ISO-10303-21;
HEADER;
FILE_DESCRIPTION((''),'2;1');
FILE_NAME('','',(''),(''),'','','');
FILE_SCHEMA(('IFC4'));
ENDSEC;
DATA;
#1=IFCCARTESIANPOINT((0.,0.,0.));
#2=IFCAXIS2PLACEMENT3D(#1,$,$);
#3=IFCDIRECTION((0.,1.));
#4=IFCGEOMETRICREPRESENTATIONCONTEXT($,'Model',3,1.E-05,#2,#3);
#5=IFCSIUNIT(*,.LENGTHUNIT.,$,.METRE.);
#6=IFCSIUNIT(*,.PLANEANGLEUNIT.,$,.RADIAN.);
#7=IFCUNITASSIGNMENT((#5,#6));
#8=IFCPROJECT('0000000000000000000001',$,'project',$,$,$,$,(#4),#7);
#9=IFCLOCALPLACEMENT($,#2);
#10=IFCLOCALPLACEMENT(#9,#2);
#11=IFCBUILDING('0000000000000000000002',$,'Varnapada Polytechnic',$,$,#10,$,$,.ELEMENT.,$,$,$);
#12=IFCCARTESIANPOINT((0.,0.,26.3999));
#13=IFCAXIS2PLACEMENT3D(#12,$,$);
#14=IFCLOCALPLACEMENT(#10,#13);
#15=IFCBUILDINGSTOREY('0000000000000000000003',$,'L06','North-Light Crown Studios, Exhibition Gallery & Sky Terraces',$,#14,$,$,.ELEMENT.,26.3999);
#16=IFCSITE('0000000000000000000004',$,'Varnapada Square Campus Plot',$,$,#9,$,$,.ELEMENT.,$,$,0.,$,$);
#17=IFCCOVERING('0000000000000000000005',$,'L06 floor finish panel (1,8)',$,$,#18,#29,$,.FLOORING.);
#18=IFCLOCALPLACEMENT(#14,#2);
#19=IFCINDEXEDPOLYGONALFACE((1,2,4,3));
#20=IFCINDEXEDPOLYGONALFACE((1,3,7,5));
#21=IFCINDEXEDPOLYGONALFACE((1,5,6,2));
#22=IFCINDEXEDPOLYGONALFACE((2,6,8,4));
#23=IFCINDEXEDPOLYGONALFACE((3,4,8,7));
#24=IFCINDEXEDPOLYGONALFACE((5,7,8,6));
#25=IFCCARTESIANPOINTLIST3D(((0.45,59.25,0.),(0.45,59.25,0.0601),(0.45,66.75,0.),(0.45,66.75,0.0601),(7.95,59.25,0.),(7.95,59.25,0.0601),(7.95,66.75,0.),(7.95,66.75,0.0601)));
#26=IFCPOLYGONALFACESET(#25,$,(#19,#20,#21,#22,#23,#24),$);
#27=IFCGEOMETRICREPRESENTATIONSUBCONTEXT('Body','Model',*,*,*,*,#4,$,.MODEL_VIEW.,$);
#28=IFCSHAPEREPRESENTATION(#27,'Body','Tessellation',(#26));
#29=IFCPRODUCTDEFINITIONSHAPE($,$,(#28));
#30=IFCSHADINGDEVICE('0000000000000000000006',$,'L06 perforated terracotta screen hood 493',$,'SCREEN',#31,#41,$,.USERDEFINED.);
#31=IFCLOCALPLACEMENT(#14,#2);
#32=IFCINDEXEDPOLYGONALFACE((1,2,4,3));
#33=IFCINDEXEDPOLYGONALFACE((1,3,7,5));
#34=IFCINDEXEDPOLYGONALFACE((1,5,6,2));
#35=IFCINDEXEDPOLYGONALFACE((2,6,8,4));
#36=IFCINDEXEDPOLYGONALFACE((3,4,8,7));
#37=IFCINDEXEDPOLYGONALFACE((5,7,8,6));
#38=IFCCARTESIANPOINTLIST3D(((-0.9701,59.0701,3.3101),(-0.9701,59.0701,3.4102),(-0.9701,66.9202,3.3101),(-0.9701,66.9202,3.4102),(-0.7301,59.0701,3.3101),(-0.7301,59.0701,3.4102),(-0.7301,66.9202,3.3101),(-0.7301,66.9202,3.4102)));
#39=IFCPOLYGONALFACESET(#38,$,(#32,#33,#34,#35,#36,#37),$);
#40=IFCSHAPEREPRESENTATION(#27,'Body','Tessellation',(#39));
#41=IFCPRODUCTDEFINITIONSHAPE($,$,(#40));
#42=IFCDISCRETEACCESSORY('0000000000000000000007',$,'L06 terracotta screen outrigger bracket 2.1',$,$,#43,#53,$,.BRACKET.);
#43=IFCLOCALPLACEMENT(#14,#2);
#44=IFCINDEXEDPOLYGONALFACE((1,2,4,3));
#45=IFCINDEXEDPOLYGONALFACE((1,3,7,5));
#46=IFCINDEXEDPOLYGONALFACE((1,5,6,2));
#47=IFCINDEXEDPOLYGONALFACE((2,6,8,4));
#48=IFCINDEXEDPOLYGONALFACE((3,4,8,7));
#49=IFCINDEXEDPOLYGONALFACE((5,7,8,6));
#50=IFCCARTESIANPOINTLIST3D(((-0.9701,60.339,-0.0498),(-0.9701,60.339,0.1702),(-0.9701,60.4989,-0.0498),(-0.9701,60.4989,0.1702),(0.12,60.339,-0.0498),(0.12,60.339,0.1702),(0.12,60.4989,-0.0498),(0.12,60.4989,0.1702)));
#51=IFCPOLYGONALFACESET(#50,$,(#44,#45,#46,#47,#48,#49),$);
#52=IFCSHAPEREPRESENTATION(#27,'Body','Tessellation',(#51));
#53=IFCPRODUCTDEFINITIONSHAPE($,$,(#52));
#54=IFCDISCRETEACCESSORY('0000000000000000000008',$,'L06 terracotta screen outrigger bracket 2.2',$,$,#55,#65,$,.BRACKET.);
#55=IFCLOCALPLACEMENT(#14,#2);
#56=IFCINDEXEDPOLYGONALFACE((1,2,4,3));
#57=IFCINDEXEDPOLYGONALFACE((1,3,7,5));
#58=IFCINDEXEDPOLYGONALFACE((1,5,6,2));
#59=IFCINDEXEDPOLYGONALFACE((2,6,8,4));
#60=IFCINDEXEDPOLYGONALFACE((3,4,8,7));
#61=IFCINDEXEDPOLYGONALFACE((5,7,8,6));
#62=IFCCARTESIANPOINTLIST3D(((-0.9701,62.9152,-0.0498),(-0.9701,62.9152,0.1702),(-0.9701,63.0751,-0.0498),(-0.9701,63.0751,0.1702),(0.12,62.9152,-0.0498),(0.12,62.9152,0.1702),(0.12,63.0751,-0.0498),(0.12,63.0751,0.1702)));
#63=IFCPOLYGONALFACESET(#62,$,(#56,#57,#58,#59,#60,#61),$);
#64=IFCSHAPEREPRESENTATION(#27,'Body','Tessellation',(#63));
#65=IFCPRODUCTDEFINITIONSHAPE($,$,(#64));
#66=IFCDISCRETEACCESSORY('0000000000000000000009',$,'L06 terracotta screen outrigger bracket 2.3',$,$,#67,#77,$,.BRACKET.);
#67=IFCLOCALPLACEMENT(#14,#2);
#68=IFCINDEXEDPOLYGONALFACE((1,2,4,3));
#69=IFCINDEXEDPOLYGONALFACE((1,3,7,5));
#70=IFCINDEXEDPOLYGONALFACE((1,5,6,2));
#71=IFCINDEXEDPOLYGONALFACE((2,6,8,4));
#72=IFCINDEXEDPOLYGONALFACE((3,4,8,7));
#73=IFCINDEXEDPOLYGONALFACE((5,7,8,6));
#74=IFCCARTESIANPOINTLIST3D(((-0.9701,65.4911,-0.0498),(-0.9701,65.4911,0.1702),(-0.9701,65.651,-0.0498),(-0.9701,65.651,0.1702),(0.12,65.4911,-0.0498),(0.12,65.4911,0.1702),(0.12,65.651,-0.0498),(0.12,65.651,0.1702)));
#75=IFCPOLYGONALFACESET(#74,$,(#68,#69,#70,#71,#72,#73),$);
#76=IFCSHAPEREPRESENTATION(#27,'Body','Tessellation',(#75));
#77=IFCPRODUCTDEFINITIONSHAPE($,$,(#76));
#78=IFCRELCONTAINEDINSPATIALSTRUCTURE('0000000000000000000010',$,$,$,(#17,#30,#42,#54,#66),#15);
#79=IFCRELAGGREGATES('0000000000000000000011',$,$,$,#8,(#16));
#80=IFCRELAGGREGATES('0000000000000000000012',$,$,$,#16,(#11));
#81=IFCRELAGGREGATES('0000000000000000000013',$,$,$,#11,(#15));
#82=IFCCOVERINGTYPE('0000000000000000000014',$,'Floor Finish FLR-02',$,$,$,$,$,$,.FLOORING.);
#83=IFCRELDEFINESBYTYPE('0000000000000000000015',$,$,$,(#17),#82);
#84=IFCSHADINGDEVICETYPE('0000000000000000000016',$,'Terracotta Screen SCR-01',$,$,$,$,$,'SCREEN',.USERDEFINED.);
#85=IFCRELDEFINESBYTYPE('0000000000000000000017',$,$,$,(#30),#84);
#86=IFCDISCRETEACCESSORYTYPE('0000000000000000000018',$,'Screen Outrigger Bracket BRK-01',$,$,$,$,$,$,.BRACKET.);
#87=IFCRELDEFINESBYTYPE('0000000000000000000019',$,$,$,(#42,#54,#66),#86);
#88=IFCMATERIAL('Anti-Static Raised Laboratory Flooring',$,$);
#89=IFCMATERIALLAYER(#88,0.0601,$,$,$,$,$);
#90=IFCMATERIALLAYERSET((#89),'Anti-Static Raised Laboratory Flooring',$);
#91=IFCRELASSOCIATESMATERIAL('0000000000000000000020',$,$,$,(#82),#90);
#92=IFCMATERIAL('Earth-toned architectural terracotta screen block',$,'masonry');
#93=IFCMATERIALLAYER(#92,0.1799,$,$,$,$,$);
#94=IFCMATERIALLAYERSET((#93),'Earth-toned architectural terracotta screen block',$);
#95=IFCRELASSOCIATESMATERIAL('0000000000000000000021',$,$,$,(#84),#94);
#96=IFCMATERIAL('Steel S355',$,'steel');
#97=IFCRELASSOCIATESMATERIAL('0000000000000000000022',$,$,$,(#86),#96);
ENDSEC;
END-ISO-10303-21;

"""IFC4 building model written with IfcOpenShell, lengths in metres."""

from ifc_helpers import new_model, si_unit, direction, frame, origin, origin_2d, place, context, subcontext, project, spatial, rectangle, extrude, material, layer, layer_set, type_object, element, save


model = new_model("IFC4")

# Units and contexts
model_context = context("Model", 3, precision=1e-05, world=origin(), true_north=direction((0.0, 1.0)))
body_context = subcontext(model_context, "Body", "Model", "MODEL_VIEW")
ifc_project = project(units=[si_unit("LENGTHUNIT", "METRE"), si_unit("PLANEANGLEUNIT", "RADIAN")], contexts=[model_context])

# Site, building, storey
site_placement = place(None, origin())
site = spatial("IfcSite", under=ifc_project, at=site_placement, Name="Varnapada Square Campus Plot", CompositionType="ELEMENT", RefElevation=0.0)
building_placement = place(site_placement, origin())
building = spatial("IfcBuilding", under=site, at=building_placement, Name="Varnapada Polytechnic", CompositionType="ELEMENT")
storey_placement = place(building_placement, frame((0.0, 0.0, 26.3999)))
storey = spatial("IfcBuildingStorey", under=building, at=storey_placement, Name="L06", Description="North-Light Crown Studios, Exhibition Gallery & Sky Terraces", CompositionType="ELEMENT", Elevation=26.3999)

# Covering
ifc_material_1 = material(Name="Anti-Static Raised Laboratory Flooring")
ifc_layer_1 = layer(ifc_material_1, 0.0601)
ifc_layer_set_1 = layer_set([ifc_layer_1], Name="Anti-Static Raised Laboratory Flooring")
covering_type = type_object("IfcCoveringType", Name="Floor Finish FLR-02", PredefinedType="FLOORING", material=ifc_layer_set_1)
covering_placement = place(storey_placement, frame((4.2, 63.0, 0.0), z_axis=(0.0, 0.0, 1.0), x_axis=(1.0, 0.0, 0.0)))
element("IfcCovering", 1, at=covering_placement, inside=storey, type_object=covering_type, Name="L06 floor finish panel (1,8)", PredefinedType="FLOORING", context=body_context, shape_type="SweptSolid", body=[
    extrude(rectangle(XDim=7.5, YDim=7.5, at=origin_2d()), origin(), (0.0, 0.0, 1.0), 0.0601),
])

# Shading device
ifc_material_2 = material(Name="Earth-toned architectural terracotta screen block", Category="masonry")
ifc_layer_2 = layer(ifc_material_2, 0.1799)
ifc_layer_set_2 = layer_set([ifc_layer_2], Name="Earth-toned architectural terracotta screen block")
shading_device_type = type_object("IfcShadingDeviceType", Name="Terracotta Screen SCR-01", ElementType="SCREEN", PredefinedType="USERDEFINED", material=ifc_layer_set_2)
shading_device_placement = place(storey_placement, frame((-0.8501, 62.9951, 3.3101), z_axis=(0.0, 0.0, 1.0), x_axis=(0.0, 1.0, 0.0)))
element("IfcShadingDevice", 2, at=shading_device_placement, inside=storey, type_object=shading_device_type, Name="L06 perforated terracotta screen hood 493", ObjectType="SCREEN", PredefinedType="USERDEFINED", context=body_context, shape_type="SweptSolid", body=[
    extrude(rectangle(XDim=7.8501, YDim=0.24, at=origin_2d()), origin(), (0.0, 0.0, 1.0), 0.1001),
])

# Discrete accessories
ifc_material_3 = material(Name="Steel S355", Category="steel")
discrete_accessory_type = type_object("IfcDiscreteAccessoryType", Name="Screen Outrigger Bracket BRK-01", PredefinedType="BRACKET", material=ifc_material_3)
for number, where, z_axis, x_axis, name in (
    (3, (-0.425, 60.4189, -0.0498), (0.0, 0.0, 1.0), (0.0, 1.0, 0.0), "L06 terracotta screen outrigger bracket 2.1"),
    (4, (-0.425, 62.9951, -0.0498), (0.0, 0.0, 1.0), (0.0, 1.0, 0.0), "L06 terracotta screen outrigger bracket 2.2"),
    (5, (-0.425, 65.571, -0.0498), (0.0, 0.0, 1.0), (0.0, 1.0, 0.0), "L06 terracotta screen outrigger bracket 2.3"),
):
    element("IfcDiscreteAccessory", number, at=place(storey_placement, frame(where, z_axis=z_axis, x_axis=x_axis)), inside=storey, type_object=discrete_accessory_type, Name=name, PredefinedType="BRACKET", context=body_context, shape_type="SweptSolid", body=[
        extrude(rectangle(XDim=0.1599, YDim=1.0901, at=origin_2d()), origin(), (0.0, 0.0, 1.0), 0.22),
    ])

save(model, "model.ifc")
